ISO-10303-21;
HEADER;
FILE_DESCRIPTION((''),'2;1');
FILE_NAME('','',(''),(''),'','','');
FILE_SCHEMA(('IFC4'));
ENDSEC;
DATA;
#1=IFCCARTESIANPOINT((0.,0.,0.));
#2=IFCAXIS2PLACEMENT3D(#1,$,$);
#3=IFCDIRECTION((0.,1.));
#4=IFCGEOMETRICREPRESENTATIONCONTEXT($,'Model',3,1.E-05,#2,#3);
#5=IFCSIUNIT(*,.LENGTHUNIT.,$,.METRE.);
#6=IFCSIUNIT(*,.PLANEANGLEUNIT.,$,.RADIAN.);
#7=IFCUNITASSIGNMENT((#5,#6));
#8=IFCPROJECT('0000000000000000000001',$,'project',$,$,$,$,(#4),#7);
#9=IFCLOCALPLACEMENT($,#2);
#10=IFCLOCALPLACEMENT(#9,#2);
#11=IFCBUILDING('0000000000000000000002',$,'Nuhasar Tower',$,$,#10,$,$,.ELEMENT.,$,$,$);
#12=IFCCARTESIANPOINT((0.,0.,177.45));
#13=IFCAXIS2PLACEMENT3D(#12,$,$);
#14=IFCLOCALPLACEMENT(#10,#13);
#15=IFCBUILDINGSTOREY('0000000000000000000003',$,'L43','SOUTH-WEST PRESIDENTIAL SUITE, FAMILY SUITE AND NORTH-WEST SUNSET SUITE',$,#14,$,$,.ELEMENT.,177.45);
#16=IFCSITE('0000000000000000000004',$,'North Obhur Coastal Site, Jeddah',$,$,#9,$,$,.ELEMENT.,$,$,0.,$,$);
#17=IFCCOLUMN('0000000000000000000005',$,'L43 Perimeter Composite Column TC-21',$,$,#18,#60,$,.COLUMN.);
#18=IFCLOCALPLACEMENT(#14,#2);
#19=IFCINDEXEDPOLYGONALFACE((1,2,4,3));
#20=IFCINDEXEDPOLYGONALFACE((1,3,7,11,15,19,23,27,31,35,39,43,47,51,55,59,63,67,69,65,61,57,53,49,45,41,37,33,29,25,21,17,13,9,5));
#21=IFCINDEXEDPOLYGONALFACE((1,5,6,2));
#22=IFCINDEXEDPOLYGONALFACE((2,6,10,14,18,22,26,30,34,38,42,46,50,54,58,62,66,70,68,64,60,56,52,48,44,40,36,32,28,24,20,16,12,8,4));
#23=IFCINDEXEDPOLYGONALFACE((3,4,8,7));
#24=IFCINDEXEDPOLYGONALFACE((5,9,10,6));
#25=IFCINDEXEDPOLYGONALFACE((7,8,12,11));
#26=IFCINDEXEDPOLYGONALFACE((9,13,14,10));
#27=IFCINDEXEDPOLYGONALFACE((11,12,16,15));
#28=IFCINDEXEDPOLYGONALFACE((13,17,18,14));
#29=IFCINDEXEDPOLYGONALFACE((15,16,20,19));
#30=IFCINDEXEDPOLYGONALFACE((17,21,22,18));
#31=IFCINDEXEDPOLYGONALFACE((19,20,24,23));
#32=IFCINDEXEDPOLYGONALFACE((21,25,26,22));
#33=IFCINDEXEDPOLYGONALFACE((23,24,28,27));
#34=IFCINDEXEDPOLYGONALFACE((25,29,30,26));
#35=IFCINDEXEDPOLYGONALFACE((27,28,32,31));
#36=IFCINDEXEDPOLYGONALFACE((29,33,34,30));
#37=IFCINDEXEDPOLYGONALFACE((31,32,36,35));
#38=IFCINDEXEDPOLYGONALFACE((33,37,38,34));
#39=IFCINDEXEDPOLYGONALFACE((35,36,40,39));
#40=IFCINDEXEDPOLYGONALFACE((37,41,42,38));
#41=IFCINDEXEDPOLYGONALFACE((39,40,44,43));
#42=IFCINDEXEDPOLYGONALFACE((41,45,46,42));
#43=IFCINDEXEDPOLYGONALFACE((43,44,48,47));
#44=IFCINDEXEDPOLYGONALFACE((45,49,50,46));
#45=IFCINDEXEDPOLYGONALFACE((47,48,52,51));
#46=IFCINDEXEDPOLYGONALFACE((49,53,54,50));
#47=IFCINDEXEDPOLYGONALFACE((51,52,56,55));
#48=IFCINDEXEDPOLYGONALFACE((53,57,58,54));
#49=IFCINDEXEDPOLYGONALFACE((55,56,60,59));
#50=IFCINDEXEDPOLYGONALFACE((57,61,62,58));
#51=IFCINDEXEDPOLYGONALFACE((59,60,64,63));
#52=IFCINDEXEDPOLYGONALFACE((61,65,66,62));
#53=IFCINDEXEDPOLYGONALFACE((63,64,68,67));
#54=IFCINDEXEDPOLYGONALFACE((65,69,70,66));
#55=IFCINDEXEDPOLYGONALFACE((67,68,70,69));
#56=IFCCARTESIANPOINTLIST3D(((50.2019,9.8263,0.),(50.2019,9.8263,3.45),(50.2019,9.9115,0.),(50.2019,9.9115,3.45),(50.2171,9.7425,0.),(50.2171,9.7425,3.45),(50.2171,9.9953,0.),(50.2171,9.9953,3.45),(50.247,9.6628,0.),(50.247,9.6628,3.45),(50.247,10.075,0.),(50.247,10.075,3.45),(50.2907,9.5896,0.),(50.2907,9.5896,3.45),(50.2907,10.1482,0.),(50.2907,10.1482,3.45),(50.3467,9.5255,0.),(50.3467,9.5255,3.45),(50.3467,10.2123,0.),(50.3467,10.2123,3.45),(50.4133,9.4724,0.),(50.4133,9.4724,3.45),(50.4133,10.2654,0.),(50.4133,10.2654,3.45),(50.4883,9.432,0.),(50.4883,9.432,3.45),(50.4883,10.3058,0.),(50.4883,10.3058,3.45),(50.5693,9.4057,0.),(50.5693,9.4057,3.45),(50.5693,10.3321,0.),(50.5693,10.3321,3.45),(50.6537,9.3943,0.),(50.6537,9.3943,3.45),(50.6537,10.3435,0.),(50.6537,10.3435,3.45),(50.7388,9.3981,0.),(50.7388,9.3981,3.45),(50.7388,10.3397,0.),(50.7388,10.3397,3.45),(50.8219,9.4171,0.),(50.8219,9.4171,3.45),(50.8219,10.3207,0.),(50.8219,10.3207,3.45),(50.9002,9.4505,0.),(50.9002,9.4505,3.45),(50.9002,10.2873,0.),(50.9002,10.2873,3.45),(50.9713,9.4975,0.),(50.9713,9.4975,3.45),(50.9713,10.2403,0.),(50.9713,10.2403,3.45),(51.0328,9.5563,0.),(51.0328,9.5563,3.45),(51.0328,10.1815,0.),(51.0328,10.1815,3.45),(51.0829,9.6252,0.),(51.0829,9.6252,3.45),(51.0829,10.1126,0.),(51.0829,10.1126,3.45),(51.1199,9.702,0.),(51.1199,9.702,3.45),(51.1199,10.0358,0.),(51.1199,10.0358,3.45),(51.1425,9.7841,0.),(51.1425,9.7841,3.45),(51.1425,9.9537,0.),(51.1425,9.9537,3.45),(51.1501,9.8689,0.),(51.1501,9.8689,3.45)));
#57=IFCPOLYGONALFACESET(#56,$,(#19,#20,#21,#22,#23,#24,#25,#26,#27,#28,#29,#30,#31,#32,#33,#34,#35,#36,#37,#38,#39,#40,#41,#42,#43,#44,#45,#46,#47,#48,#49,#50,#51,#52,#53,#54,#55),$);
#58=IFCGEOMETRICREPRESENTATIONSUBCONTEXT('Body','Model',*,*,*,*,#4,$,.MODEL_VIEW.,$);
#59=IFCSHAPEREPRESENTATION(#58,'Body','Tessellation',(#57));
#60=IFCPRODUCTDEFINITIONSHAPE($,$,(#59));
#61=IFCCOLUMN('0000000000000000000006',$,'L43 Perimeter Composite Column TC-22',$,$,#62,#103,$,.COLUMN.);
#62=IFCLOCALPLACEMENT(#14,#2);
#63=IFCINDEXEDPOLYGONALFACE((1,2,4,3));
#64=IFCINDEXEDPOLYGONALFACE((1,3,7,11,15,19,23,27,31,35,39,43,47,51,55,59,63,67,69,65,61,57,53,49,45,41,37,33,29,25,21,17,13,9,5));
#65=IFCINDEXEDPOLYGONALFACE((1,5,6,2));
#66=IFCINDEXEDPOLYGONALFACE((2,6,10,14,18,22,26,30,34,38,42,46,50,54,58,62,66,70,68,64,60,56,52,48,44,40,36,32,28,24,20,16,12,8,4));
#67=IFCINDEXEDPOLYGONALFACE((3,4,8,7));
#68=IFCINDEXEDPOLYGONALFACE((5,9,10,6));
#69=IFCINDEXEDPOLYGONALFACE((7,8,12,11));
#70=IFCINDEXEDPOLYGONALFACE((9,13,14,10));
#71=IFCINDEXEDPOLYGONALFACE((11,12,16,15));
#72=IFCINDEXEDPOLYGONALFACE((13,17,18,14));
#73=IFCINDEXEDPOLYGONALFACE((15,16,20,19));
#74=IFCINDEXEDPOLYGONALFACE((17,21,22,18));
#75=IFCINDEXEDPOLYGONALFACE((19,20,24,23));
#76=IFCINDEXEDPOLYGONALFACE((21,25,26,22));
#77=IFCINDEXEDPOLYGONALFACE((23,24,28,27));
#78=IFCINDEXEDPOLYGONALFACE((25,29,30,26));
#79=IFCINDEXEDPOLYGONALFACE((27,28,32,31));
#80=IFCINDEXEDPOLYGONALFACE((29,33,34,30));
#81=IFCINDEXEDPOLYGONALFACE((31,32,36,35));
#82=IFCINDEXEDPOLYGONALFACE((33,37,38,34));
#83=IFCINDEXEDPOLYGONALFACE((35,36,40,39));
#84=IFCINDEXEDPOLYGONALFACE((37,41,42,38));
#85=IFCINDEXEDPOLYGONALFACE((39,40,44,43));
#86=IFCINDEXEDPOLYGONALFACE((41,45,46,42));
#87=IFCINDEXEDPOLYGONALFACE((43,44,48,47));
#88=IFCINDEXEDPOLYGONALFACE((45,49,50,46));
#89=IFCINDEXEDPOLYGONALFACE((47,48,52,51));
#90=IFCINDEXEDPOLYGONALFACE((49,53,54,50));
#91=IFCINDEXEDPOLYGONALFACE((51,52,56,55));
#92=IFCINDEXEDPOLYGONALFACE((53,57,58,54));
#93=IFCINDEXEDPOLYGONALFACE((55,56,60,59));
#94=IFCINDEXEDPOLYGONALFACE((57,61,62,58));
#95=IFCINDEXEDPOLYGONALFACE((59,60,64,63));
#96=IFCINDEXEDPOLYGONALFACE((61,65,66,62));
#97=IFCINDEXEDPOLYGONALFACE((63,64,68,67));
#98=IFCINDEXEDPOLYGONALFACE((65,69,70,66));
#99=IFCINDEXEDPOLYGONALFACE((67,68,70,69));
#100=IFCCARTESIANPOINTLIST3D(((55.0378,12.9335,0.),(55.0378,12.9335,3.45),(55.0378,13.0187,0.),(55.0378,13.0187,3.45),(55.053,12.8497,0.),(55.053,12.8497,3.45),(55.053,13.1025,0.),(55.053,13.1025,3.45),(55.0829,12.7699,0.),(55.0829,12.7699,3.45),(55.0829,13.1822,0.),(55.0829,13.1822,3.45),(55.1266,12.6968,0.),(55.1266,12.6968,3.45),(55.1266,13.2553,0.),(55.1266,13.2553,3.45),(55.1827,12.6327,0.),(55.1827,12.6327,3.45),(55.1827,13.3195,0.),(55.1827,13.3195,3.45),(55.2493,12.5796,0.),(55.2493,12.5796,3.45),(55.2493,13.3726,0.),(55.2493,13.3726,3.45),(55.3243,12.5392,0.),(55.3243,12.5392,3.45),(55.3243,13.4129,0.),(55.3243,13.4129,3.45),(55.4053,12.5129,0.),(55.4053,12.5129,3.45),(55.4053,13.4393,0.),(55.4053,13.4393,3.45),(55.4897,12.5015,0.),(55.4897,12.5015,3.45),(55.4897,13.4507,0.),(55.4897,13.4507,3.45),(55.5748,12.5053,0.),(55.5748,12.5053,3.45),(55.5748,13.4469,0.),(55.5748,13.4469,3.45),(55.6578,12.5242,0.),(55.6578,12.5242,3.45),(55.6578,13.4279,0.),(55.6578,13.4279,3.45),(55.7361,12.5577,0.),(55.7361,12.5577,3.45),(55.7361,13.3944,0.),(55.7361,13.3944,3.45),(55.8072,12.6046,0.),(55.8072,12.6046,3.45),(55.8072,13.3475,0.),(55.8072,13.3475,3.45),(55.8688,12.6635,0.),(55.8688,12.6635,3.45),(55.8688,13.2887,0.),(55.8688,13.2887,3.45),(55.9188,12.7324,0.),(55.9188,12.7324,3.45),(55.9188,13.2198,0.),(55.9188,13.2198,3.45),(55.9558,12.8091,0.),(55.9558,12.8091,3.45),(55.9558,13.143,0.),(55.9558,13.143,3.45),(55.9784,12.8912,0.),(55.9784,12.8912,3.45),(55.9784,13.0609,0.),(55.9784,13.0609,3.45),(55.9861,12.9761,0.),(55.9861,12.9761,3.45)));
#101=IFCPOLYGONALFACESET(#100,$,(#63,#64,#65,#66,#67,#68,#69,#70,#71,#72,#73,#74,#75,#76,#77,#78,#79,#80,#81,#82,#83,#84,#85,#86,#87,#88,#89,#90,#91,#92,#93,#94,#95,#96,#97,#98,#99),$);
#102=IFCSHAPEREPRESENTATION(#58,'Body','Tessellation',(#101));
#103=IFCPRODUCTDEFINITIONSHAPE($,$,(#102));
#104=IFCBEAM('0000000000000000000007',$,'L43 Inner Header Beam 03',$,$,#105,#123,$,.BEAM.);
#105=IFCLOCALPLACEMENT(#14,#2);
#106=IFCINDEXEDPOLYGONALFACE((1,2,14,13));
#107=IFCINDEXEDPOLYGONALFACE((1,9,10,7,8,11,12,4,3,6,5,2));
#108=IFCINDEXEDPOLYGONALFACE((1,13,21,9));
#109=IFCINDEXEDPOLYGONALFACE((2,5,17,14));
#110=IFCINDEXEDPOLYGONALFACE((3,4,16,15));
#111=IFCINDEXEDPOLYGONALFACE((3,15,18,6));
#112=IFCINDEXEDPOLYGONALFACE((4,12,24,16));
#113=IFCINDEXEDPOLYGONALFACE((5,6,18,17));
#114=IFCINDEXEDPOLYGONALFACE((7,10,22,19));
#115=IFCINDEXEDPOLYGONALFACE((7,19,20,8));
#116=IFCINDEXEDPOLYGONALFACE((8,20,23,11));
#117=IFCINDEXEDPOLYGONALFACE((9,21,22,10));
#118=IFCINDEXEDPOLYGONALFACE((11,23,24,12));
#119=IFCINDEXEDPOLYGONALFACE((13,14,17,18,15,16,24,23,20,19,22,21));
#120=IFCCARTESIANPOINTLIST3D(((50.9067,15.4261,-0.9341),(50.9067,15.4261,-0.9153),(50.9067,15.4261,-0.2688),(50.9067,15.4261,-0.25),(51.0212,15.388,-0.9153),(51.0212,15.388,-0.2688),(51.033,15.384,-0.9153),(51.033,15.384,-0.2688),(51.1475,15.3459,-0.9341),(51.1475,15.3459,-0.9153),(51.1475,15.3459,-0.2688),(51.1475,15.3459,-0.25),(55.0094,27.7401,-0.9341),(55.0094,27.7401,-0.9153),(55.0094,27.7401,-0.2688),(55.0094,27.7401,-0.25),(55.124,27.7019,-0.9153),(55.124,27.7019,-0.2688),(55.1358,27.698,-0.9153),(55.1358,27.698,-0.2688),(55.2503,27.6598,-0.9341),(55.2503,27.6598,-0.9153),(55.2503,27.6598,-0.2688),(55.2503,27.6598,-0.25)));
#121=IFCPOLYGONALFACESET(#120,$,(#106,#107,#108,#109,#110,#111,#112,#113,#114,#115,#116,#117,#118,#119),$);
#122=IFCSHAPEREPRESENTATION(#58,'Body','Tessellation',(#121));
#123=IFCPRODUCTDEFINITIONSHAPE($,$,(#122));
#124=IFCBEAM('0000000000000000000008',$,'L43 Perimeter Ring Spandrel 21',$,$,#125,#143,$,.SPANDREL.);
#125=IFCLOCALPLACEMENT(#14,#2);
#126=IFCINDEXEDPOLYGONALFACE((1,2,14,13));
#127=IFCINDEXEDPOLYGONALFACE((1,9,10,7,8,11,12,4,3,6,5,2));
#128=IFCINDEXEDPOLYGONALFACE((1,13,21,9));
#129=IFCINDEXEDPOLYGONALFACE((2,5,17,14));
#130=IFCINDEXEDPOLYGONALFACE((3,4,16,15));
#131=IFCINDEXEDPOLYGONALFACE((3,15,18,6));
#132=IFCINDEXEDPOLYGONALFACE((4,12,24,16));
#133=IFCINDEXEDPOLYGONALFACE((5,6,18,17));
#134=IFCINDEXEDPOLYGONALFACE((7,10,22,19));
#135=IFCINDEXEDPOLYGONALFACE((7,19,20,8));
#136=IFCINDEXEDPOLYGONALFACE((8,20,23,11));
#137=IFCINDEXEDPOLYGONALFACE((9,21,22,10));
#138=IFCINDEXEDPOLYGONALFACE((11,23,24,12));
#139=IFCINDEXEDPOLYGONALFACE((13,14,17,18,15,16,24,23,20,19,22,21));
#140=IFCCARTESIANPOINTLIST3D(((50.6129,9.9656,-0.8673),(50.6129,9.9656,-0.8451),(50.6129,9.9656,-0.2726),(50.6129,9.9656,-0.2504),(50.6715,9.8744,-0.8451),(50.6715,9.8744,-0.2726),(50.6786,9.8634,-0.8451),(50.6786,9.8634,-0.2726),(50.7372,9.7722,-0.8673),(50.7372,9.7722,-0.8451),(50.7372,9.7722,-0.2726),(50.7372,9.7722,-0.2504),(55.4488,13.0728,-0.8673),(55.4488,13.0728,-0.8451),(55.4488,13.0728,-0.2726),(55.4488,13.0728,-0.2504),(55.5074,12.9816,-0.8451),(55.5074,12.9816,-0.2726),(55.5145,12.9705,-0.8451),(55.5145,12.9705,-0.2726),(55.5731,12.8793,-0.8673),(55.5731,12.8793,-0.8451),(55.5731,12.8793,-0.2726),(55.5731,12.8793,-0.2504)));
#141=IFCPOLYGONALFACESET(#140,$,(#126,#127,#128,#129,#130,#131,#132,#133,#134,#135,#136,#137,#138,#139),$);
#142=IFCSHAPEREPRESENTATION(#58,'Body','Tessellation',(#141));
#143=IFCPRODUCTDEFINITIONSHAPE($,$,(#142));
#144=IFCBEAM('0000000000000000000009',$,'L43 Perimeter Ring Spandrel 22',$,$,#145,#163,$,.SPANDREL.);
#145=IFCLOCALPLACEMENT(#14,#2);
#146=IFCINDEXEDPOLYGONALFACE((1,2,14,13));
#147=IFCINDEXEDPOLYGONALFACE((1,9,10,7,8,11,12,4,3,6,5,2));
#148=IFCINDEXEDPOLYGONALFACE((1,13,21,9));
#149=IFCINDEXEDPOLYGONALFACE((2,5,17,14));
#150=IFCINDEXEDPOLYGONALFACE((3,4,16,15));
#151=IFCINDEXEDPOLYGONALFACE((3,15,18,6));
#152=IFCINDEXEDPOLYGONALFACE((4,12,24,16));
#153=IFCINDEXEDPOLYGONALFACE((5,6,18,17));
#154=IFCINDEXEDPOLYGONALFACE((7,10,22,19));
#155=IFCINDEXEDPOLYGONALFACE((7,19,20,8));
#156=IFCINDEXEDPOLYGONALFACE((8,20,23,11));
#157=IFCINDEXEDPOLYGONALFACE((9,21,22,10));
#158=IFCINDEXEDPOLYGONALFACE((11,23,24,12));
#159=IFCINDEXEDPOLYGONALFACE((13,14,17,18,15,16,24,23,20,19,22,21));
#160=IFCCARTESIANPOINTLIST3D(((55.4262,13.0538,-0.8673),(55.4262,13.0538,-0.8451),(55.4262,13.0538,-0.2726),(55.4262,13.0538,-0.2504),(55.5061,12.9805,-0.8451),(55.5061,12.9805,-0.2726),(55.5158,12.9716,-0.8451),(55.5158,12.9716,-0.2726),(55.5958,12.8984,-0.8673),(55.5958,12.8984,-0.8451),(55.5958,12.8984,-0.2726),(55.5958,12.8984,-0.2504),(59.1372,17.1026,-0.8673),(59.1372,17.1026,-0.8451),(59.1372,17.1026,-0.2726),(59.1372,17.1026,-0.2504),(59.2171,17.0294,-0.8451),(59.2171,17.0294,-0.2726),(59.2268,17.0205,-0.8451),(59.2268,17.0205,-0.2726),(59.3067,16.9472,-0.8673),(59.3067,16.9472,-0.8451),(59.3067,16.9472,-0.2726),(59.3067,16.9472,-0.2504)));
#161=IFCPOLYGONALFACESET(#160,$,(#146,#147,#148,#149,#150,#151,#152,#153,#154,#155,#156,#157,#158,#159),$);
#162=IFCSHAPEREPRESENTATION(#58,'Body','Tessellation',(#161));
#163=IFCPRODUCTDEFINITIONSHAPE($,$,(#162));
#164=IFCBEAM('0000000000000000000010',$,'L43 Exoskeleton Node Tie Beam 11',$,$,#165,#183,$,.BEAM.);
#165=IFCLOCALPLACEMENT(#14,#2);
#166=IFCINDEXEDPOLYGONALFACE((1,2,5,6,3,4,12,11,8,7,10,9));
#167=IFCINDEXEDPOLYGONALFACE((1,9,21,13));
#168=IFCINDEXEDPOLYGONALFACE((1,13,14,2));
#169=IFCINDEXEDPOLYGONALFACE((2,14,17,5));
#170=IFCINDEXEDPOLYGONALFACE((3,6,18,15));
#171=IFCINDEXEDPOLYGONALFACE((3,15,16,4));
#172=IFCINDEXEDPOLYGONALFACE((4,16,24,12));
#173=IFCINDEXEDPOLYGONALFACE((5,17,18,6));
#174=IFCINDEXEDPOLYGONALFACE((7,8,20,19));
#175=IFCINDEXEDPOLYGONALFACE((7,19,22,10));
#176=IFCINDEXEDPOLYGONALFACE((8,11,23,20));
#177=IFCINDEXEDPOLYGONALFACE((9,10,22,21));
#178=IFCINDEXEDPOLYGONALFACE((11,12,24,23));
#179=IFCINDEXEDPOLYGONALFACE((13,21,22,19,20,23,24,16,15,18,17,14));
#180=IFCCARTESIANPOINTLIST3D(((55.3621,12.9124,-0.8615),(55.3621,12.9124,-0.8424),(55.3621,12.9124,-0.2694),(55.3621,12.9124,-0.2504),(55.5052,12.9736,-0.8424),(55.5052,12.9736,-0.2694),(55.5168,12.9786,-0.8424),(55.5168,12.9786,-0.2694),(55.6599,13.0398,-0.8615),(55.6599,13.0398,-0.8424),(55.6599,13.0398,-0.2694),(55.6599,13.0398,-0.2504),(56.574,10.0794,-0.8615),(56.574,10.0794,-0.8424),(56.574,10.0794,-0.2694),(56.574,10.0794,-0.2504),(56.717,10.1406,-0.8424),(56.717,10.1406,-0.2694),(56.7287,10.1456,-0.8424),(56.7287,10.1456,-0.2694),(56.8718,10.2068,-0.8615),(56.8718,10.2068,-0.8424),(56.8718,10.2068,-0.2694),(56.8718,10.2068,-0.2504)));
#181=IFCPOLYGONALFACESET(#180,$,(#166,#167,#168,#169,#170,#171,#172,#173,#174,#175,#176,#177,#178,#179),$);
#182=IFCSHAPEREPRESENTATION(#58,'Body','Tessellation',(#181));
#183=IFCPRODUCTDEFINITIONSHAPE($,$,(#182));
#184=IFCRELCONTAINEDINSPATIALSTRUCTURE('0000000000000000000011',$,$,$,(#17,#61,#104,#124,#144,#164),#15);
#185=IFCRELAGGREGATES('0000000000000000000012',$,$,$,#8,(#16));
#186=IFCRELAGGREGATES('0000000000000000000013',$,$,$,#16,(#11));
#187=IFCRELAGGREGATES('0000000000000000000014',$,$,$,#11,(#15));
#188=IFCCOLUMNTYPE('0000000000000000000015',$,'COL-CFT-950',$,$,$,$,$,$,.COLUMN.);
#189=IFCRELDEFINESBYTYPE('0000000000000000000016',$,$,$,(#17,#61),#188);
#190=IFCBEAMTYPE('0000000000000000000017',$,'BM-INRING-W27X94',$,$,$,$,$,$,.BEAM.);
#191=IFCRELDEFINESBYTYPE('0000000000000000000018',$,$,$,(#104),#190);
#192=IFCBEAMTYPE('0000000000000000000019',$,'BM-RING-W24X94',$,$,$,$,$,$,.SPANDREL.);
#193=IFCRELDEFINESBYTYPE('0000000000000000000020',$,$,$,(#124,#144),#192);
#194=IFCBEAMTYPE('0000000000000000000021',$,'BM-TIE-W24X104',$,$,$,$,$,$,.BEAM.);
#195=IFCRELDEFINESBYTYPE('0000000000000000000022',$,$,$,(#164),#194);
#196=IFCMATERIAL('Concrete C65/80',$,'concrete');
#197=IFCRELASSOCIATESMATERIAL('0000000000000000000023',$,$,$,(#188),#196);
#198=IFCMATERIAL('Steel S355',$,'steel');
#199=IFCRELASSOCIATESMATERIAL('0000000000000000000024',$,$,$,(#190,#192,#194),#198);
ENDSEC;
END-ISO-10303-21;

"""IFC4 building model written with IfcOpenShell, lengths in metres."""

from ifc_helpers import new_model, si_unit, direction, frame, origin, origin_2d, place, context, subcontext, project, spatial, circle, i_section, extrude, material, material_profile, profile_set, type_object, element, save


model = new_model("IFC4")

# Units and contexts
model_context = context("Model", 3, precision=1e-05, world=origin(), true_north=direction((0.0, 1.0)))
body_context = subcontext(model_context, "Body", "Model", "MODEL_VIEW")
ifc_project = project(units=[si_unit("LENGTHUNIT", "METRE"), si_unit("PLANEANGLEUNIT", "RADIAN")], contexts=[model_context])

# Site, building, storey
site_placement = place(None, origin())
site = spatial("IfcSite", under=ifc_project, at=site_placement, Name="North Obhur Coastal Site, Jeddah", CompositionType="ELEMENT", RefElevation=0.0)
building_placement = place(site_placement, origin())
building = spatial("IfcBuilding", under=site, at=building_placement, Name="Nuhasar Tower", CompositionType="ELEMENT")
storey_placement = place(building_placement, frame((0.0, 0.0, 177.45)))
storey = spatial("IfcBuildingStorey", under=building, at=storey_placement, Name="L43", Description="SOUTH-WEST PRESIDENTIAL SUITE, FAMILY SUITE AND NORTH-WEST SUNSET SUITE", CompositionType="ELEMENT", Elevation=177.45)

# Columns
ifc_material_1 = material(Name="Concrete C65/80", Category="concrete")
ifc_material_profile_1 = material_profile(ifc_material_1, circle(Radius=0.4751, at=origin_2d()), Name="CFT950")
ifc_profile_set_1 = profile_set([ifc_material_profile_1], Name="Concrete C65/80")
column_type = type_object("IfcColumnType", Name="COL-CFT-950", PredefinedType="COLUMN", material=ifc_profile_set_1)
for number, where, z_axis, x_axis, name in (
    (1, (50.675, 9.8689, 0.0), (0.0, 0.0, 1.0), (1.0, 0.0, 0.0), "L43 Perimeter Composite Column TC-21"),
    (2, (55.511, 12.9761, 0.0), (0.0, 0.0, 1.0), (1.0, 0.0, 0.0), "L43 Perimeter Composite Column TC-22"),
):
    element("IfcColumn", number, at=place(storey_placement, frame(where, z_axis=z_axis, x_axis=x_axis)), inside=storey, type_object=column_type, Name=name, PredefinedType="COLUMN", context=body_context, shape_type="SweptSolid", body=[
        extrude(circle(Radius=0.4751, at=origin_2d()), origin(), (0.0, 0.0, 1.0), 3.45),
    ])

# Beams
ifc_material_2 = material(Name="Steel S355", Category="steel")
ifc_material_profile_2 = material_profile(ifc_material_2, i_section(OverallWidth=0.2539, OverallDepth=0.6841, WebThickness=0.0125, FlangeThickness=0.0188, at=origin_2d()), Name="W27X94")
ifc_profile_set_2 = profile_set([ifc_material_profile_2], Name="Steel S355")
beam_type_1 = type_object("IfcBeamType", Name="BM-INRING-W27X94", PredefinedType="BEAM", material=ifc_profile_set_2)
beam_1_placement = place(storey_placement, frame((51.0271, 15.386, -0.592), z_axis=(0.316098, 0.948727, 0.0), x_axis=(-0.948727, 0.316098, 0.0)))
element("IfcBeam", 3, at=beam_1_placement, inside=storey, type_object=beam_type_1, Name="L43 Inner Header Beam 03", PredefinedType="BEAM", context=body_context, shape_type="SweptSolid", body=[
    extrude(i_section(OverallWidth=0.2539, OverallDepth=0.6841, WebThickness=0.0125, FlangeThickness=0.0188, at=origin_2d()), origin(), (0.0, 0.0, 1.0), 12.9795),
])
ifc_material_profile_3 = material_profile(ifc_material_2, i_section(OverallWidth=0.23, OverallDepth=0.6169, WebThickness=0.0132, FlangeThickness=0.0222, at=origin_2d()), Name="W24X94")
ifc_profile_set_3 = profile_set([ifc_material_profile_3], Name="Steel S355")
beam_type_2 = type_object("IfcBeamType", Name="BM-RING-W24X94", PredefinedType="SPANDREL", material=ifc_profile_set_3)
beam_2_placement = place(storey_placement, frame((50.675, 9.8689, -0.5588), z_axis=(0.841308, 0.540556, 0.0), x_axis=(-0.540556, 0.841308, 0.0)))
element("IfcBeam", 4, at=beam_2_placement, inside=storey, type_object=beam_type_2, Name="L43 Perimeter Ring Spandrel 21", PredefinedType="SPANDREL", context=body_context, shape_type="SweptSolid", body=[
    extrude(i_section(OverallWidth=0.23, OverallDepth=0.6169, WebThickness=0.0132, FlangeThickness=0.0222, at=origin_2d()), origin(), (0.0, 0.0, 1.0), 5.748),
])
beam_3_placement = place(storey_placement, frame((55.511, 12.9761, -0.5588), z_axis=(0.675676, 0.737198, 0.0), x_axis=(-0.737198, 0.675676, 0.0)))
element("IfcBeam", 5, at=beam_3_placement, inside=storey, type_object=beam_type_2, Name="L43 Perimeter Ring Spandrel 22", PredefinedType="SPANDREL", context=body_context, shape_type="SweptSolid", body=[
    extrude(i_section(OverallWidth=0.23, OverallDepth=0.6169, WebThickness=0.0132, FlangeThickness=0.0222, at=origin_2d()), origin(), (0.0, 0.0, 1.0), 5.4922),
])
ifc_material_profile_4 = material_profile(ifc_material_2, i_section(OverallWidth=0.324, OverallDepth=0.6111, WebThickness=0.0127, FlangeThickness=0.019, at=origin_2d()), Name="W24X104")
ifc_profile_set_4 = profile_set([ifc_material_profile_4], Name="Steel S355")
beam_type_3 = type_object("IfcBeamType", Name="BM-TIE-W24X104", PredefinedType="BEAM", material=ifc_profile_set_4)
beam_4_placement = place(storey_placement, frame((55.511, 12.9761, -0.5559), z_axis=(0.393307, -0.919407, 0.0), x_axis=(0.919407, 0.393307, 0.0)))
element("IfcBeam", 6, at=beam_4_placement, inside=storey, type_object=beam_type_3, Name="L43 Exoskeleton Node Tie Beam 11", PredefinedType="BEAM", context=body_context, shape_type="SweptSolid", body=[
    extrude(i_section(OverallWidth=0.324, OverallDepth=0.6111, WebThickness=0.0127, FlangeThickness=0.019, at=origin_2d()), origin(), (0.0, 0.0, 1.0), 3.0813),
])

save(model, "model.ifc")
